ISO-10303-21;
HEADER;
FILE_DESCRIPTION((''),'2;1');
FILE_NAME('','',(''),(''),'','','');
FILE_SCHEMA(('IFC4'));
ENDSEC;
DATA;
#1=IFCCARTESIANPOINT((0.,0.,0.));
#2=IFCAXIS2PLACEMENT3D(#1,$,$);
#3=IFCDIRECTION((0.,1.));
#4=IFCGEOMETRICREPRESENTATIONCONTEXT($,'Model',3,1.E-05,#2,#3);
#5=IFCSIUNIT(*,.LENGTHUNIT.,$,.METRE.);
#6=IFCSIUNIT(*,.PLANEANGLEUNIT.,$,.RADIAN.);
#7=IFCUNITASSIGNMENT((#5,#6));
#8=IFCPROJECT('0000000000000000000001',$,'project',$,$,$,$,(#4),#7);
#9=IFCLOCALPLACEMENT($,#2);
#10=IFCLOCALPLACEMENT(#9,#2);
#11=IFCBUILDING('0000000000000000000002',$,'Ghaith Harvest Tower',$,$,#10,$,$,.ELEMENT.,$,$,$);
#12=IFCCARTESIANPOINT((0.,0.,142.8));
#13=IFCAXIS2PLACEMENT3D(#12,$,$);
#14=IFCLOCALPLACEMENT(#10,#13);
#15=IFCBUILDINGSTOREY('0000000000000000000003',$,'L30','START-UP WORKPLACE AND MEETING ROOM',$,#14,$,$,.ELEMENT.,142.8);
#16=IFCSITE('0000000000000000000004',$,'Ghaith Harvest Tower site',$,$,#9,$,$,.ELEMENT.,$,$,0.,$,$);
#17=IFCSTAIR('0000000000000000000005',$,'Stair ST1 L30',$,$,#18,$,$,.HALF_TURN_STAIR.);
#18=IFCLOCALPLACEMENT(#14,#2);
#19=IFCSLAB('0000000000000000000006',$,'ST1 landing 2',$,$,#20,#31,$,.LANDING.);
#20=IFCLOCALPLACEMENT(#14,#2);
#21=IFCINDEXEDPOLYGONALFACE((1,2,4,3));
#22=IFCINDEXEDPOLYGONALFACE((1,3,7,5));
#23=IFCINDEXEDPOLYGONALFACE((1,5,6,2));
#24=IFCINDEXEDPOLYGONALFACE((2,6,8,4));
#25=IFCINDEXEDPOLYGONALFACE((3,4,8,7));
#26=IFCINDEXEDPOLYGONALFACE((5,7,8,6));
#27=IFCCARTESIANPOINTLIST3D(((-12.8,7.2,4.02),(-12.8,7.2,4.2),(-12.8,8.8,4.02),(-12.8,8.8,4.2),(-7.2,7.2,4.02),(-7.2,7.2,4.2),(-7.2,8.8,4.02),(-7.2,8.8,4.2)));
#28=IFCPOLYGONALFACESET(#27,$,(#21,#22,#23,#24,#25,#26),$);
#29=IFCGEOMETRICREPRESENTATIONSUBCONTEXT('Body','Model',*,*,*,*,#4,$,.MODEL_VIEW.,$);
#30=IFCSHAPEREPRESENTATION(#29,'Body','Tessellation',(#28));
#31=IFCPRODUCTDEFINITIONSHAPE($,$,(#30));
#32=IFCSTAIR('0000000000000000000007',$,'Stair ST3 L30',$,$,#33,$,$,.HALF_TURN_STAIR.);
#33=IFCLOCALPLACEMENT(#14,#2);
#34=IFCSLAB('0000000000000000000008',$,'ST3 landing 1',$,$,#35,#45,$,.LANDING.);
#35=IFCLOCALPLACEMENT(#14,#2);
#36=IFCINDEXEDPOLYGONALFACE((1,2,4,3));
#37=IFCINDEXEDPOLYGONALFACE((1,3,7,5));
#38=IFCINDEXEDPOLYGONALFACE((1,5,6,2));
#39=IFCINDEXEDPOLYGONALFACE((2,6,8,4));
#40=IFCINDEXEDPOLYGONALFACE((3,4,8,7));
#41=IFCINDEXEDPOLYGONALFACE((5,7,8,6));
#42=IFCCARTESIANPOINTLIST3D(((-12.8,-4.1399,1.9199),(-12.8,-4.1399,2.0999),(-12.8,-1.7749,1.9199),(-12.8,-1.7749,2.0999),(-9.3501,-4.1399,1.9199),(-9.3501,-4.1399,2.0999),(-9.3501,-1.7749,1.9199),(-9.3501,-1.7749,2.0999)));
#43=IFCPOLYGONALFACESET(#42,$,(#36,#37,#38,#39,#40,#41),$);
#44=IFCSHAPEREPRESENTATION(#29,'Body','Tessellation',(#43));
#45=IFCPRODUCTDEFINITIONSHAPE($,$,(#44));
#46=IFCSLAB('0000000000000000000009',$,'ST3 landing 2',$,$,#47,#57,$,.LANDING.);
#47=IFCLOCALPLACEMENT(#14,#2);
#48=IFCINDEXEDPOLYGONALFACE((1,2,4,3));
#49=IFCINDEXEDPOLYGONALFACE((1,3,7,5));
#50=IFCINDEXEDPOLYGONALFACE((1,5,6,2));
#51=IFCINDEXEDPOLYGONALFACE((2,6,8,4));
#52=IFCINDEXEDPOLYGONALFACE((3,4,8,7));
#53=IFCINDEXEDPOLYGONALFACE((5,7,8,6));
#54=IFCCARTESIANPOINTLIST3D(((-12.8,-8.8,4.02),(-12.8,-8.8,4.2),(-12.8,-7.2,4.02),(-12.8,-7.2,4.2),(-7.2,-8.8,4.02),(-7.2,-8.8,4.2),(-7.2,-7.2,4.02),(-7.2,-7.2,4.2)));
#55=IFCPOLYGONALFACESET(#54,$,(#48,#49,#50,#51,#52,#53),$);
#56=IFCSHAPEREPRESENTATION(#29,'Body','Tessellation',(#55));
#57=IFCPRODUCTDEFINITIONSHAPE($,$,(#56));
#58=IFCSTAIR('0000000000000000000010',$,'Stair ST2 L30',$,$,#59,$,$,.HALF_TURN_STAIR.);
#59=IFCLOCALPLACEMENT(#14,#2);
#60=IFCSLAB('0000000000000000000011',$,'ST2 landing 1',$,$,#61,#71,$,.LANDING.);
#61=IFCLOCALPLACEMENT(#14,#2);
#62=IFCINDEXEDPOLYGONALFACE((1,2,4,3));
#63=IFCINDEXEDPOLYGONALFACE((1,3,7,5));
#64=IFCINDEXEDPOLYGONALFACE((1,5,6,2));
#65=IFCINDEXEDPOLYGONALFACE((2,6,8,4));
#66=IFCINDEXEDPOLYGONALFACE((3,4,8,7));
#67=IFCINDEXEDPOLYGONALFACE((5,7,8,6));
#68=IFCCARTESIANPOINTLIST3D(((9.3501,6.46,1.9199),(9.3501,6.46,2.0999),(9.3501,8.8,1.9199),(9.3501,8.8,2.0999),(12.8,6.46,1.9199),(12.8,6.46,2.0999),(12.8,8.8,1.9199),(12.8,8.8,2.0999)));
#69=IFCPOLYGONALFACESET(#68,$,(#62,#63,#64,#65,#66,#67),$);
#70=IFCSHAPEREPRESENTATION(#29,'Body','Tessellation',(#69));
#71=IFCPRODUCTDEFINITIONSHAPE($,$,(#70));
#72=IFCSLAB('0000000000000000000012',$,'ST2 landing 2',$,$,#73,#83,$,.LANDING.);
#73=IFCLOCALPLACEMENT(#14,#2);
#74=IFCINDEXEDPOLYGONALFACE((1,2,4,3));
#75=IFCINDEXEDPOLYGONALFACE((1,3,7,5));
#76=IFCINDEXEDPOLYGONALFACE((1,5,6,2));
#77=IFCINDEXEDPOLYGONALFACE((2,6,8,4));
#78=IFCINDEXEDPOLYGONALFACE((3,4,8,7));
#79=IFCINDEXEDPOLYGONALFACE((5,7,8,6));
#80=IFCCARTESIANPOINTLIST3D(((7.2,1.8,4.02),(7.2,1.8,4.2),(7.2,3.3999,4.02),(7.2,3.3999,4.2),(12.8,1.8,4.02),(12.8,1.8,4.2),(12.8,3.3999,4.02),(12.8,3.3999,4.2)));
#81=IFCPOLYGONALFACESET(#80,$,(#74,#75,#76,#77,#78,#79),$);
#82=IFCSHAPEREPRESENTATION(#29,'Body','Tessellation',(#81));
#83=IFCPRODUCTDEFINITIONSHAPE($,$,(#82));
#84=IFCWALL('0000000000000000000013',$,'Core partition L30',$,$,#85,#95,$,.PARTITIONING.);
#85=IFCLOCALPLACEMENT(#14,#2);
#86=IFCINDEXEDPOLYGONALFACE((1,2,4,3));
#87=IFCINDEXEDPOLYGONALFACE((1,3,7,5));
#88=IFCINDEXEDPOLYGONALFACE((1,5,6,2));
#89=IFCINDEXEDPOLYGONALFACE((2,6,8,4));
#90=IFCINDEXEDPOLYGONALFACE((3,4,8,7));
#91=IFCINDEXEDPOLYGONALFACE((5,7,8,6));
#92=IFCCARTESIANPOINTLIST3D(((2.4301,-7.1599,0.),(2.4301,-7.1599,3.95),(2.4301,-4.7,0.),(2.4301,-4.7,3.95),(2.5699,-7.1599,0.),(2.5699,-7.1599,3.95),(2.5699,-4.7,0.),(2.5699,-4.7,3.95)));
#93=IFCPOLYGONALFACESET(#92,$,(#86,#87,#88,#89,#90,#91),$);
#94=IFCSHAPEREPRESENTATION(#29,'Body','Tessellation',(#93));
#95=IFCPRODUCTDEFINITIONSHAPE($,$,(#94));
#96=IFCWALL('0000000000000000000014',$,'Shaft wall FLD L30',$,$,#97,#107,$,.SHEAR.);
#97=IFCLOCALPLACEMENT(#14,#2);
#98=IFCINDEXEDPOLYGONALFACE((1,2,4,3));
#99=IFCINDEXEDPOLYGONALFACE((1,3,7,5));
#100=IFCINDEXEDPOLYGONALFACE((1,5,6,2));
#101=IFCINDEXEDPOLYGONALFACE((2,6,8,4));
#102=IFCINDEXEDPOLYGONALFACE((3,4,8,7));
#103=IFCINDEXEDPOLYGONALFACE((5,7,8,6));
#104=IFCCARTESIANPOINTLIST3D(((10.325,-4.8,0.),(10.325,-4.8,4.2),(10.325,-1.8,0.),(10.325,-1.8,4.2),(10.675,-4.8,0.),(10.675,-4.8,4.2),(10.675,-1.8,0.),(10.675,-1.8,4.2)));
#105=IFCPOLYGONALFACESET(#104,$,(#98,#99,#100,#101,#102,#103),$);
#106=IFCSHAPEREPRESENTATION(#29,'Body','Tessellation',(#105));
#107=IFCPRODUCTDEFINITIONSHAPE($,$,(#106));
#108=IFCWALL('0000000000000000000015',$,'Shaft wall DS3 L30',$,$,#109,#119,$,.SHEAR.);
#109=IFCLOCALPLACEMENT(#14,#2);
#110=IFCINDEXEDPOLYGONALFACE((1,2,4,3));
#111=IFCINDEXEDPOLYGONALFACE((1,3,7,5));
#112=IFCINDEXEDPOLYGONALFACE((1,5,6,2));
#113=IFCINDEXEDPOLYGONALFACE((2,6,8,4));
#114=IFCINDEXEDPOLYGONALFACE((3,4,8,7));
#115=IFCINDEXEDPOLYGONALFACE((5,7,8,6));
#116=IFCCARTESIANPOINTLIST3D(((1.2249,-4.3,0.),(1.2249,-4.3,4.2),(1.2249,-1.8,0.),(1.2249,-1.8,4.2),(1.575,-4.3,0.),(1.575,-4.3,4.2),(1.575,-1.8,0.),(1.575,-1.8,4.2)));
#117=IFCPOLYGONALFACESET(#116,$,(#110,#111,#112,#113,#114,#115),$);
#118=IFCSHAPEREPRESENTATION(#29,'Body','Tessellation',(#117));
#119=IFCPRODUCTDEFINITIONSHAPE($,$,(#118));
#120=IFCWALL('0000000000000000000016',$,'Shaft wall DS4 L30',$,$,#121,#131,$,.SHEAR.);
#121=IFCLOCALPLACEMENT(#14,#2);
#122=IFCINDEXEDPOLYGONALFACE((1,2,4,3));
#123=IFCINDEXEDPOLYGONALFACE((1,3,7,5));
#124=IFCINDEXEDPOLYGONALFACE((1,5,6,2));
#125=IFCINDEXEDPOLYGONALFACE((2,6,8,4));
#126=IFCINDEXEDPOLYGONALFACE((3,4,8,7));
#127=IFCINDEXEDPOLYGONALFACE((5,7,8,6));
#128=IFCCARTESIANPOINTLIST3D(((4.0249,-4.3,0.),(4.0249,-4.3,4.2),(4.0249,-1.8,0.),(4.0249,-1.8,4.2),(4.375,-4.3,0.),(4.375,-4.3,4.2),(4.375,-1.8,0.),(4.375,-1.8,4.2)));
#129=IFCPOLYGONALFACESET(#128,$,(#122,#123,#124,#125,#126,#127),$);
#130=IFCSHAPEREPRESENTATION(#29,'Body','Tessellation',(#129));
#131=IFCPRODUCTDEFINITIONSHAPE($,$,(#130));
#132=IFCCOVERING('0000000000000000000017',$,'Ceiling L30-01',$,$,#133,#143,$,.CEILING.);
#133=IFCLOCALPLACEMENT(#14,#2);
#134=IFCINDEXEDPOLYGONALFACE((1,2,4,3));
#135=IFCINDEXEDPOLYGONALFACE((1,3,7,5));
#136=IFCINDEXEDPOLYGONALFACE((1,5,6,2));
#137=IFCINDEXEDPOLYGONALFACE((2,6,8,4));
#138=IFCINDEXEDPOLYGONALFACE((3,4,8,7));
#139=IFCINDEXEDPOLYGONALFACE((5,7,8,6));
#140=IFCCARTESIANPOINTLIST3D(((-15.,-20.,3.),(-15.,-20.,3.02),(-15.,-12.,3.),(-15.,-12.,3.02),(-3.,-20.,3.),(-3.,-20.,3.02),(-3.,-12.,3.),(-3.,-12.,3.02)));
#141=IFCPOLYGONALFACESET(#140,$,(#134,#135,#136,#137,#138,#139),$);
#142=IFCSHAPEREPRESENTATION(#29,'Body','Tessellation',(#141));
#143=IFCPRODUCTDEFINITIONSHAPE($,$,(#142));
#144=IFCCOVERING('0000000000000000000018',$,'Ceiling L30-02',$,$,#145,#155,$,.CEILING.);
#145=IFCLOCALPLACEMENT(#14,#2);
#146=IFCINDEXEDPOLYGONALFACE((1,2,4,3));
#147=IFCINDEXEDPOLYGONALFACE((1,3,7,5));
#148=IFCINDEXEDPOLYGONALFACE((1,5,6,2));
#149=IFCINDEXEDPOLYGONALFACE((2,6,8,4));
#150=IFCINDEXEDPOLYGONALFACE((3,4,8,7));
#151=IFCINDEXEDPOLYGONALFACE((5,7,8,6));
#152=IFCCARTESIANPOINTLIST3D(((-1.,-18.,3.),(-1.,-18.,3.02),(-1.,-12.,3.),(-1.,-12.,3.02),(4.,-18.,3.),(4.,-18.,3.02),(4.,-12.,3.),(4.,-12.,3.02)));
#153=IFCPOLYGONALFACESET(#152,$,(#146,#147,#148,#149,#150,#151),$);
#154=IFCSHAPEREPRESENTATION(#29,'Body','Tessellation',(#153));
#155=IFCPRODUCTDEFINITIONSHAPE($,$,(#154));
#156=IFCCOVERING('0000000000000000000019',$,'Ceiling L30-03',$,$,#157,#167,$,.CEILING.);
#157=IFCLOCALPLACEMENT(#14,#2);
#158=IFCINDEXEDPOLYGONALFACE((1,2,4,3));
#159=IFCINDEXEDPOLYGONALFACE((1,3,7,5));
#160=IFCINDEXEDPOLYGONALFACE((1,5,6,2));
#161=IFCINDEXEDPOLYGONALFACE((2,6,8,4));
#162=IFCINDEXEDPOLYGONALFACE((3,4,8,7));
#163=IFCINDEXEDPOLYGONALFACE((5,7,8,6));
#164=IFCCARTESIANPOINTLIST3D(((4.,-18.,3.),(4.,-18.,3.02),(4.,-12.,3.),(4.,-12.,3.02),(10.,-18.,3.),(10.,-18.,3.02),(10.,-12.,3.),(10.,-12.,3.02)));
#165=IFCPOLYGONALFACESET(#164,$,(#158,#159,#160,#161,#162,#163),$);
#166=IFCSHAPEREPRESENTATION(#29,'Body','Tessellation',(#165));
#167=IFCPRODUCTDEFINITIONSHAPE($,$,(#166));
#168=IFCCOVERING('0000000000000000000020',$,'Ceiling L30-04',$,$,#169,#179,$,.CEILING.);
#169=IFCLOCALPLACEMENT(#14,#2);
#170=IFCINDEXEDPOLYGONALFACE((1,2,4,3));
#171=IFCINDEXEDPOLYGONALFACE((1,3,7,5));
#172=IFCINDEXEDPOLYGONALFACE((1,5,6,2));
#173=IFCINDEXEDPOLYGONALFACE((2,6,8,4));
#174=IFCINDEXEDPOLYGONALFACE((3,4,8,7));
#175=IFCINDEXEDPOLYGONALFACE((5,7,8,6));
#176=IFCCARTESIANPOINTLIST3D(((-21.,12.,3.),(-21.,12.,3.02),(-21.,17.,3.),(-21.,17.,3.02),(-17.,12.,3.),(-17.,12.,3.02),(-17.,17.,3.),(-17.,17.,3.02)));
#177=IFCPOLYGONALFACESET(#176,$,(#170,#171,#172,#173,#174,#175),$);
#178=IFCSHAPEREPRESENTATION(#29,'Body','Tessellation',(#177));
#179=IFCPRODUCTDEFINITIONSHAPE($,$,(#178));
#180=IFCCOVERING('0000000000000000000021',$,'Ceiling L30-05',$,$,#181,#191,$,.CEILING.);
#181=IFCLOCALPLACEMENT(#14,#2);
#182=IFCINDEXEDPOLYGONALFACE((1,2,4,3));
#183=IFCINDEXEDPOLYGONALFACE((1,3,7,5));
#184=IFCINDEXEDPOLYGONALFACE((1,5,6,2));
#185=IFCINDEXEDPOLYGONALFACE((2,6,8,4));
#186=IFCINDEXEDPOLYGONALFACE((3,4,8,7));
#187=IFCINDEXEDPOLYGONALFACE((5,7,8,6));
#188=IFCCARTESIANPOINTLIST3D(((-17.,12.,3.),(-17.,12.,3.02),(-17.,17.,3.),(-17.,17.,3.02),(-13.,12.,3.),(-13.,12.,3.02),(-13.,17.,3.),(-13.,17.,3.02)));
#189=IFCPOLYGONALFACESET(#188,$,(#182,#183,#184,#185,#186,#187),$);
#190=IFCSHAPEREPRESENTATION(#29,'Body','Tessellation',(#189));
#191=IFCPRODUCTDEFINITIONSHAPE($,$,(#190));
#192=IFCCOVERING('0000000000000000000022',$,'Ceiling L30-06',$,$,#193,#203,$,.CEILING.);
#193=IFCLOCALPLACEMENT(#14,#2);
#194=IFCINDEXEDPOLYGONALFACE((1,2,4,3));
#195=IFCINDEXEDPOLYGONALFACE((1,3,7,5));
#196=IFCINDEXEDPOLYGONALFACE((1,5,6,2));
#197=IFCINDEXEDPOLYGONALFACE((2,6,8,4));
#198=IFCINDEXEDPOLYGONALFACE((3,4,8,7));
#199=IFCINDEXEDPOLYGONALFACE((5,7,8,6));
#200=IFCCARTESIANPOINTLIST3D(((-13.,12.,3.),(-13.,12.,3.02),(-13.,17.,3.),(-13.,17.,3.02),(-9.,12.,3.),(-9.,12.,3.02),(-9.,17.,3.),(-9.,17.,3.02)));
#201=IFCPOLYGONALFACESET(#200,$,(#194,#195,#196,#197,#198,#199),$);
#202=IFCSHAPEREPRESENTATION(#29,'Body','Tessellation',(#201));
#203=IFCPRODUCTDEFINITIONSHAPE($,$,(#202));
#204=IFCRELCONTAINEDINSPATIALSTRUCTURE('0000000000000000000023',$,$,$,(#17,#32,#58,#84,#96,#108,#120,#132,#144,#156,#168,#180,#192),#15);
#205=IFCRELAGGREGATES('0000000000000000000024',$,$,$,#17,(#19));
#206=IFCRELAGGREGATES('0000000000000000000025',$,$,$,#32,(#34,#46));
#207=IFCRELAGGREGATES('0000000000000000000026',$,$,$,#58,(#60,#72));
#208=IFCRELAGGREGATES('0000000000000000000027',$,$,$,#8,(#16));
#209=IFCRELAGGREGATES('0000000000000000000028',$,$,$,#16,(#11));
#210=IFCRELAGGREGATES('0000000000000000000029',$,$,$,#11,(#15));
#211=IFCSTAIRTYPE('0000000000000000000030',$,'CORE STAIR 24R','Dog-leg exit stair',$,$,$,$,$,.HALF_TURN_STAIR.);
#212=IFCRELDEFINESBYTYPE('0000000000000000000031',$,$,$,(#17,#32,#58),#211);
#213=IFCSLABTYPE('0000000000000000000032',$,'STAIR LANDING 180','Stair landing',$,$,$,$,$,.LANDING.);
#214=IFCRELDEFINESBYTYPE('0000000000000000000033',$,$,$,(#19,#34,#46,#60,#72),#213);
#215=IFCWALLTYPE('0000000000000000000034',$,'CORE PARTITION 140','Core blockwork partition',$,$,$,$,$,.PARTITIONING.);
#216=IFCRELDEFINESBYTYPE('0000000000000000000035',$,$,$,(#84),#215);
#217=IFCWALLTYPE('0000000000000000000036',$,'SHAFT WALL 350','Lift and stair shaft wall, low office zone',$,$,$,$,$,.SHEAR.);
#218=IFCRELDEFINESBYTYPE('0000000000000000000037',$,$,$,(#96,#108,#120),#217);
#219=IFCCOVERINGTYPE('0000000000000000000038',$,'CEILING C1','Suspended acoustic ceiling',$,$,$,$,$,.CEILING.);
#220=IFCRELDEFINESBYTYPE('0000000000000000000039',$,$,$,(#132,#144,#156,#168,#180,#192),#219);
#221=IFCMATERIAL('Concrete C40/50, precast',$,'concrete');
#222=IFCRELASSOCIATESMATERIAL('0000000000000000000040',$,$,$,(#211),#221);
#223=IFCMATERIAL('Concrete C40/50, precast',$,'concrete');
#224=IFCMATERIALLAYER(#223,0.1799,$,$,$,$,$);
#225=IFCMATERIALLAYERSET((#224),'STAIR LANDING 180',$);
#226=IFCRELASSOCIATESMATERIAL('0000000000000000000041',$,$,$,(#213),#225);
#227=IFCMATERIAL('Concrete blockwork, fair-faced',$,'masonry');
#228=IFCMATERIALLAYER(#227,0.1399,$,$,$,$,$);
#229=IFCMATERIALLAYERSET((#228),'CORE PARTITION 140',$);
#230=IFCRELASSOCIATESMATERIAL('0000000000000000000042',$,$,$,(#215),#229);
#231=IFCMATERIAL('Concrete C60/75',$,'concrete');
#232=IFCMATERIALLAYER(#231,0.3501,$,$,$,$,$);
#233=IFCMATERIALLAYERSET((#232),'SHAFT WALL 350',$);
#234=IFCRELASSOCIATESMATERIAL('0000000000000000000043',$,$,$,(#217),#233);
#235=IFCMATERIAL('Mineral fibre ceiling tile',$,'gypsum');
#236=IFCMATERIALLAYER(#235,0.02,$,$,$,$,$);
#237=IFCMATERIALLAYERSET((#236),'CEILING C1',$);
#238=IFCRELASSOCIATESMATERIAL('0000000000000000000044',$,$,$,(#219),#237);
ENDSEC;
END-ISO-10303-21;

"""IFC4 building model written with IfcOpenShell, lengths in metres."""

from ifc_helpers import new_model, si_unit, direction, frame, frame_2d, origin, place, context, subcontext, project, spatial, polyline, rectangle, outline, extrude, material, layer, layer_set, type_object, element, aggregate, save


model = new_model("IFC4")

# Units and contexts
model_context = context("Model", 3, precision=1e-05, world=origin(), true_north=direction((0.0, 1.0)))
body_context = subcontext(model_context, "Body", "Model", "MODEL_VIEW")
ifc_project = project(units=[si_unit("LENGTHUNIT", "METRE"), si_unit("PLANEANGLEUNIT", "RADIAN")], contexts=[model_context])

# Site, building, storey
site_placement = place(None, origin())
site = spatial("IfcSite", under=ifc_project, at=site_placement, Name="Ghaith Harvest Tower site", CompositionType="ELEMENT", RefElevation=0.0)
building_placement = place(site_placement, origin())
building = spatial("IfcBuilding", under=site, at=building_placement, Name="Ghaith Harvest Tower", CompositionType="ELEMENT")
storey_placement = place(building_placement, frame((0.0, 0.0, 142.8)))
storey = spatial("IfcBuildingStorey", under=building, at=storey_placement, Name="L30", Description="START-UP WORKPLACE AND MEETING ROOM", CompositionType="ELEMENT", Elevation=142.8)

# Stair, slab
ifc_material_1 = material(Name="Concrete C40/50, precast", Category="concrete")
stair_type = type_object("IfcStairType", Name="CORE STAIR 24R", Description="Dog-leg exit stair", PredefinedType="HALF_TURN_STAIR", material=ifc_material_1)
stair_1_placement = place(storey_placement, origin())
stair_1 = element("IfcStair", 1, at=stair_1_placement, inside=storey, type_object=stair_type, Name="Stair ST1 L30", PredefinedType="HALF_TURN_STAIR")
ifc_material_2 = material(Name="Concrete C40/50, precast", Category="concrete")
ifc_layer_1 = layer(ifc_material_2, 0.1799)
ifc_layer_set_1 = layer_set([ifc_layer_1], Name="STAIR LANDING 180")
slab_type = type_object("IfcSlabType", Name="STAIR LANDING 180", Description="Stair landing", PredefinedType="LANDING", material=ifc_layer_set_1)
slab_1_placement = place(storey_placement, frame((0.0, 0.0, 4.02)))
slab_1 = element("IfcSlab", 2, at=slab_1_placement, type_object=slab_type, Name="ST1 landing 2", PredefinedType="LANDING", context=body_context, shape_type="SweptSolid", body=[
    extrude(outline(polyline([(-12.8, 8.8), (-12.8, 7.2), (-7.2, 7.2), (-7.2, 8.8), (-12.8, 8.8)])), origin(), (0.0, 0.0, 1.0), 0.1799),
])
aggregate(stair_1, [slab_1])

# Stairs, slabs
stair_2_placement = place(storey_placement, origin())
stair_2 = element("IfcStair", 3, at=stair_2_placement, inside=storey, type_object=stair_type, Name="Stair ST3 L30", PredefinedType="HALF_TURN_STAIR")
slab_2_placement = place(storey_placement, frame((0.0, 0.0, 1.9199)))
slab_2 = element("IfcSlab", 4, at=slab_2_placement, type_object=slab_type, Name="ST3 landing 1", PredefinedType="LANDING", context=body_context, shape_type="SweptSolid", body=[
    extrude(outline(polyline([(-12.8, -4.1399), (-12.8, -1.7749), (-9.3501, -1.7749), (-9.3501, -4.1399), (-12.8, -4.1399)])), origin(), (0.0, 0.0, 1.0), 0.1799),
])
slab_3_placement = place(storey_placement, frame((0.0, 0.0, 4.02)))
slab_3 = element("IfcSlab", 5, at=slab_3_placement, type_object=slab_type, Name="ST3 landing 2", PredefinedType="LANDING", context=body_context, shape_type="SweptSolid", body=[
    extrude(outline(polyline([(-12.8, -8.8), (-12.8, -7.2), (-7.2, -7.2), (-7.2, -8.8), (-12.8, -8.8)])), origin(), (0.0, 0.0, 1.0), 0.1799),
])
aggregate(stair_2, [slab_2, slab_3])
stair_3_placement = place(storey_placement, origin())
stair_3 = element("IfcStair", 6, at=stair_3_placement, inside=storey, type_object=stair_type, Name="Stair ST2 L30", PredefinedType="HALF_TURN_STAIR")
slab_4_placement = place(storey_placement, frame((0.0, 0.0, 1.9199)))
slab_4 = element("IfcSlab", 7, at=slab_4_placement, type_object=slab_type, Name="ST2 landing 1", PredefinedType="LANDING", context=body_context, shape_type="SweptSolid", body=[
    extrude(outline(polyline([(12.8, 6.46), (12.8, 8.8), (9.3501, 8.8), (9.3501, 6.46), (12.8, 6.46)])), origin(), (0.0, 0.0, 1.0), 0.1799),
])
slab_5_placement = place(storey_placement, frame((0.0, 0.0, 4.02)))
slab_5 = element("IfcSlab", 8, at=slab_5_placement, type_object=slab_type, Name="ST2 landing 2", PredefinedType="LANDING", context=body_context, shape_type="SweptSolid", body=[
    extrude(outline(polyline([(12.8, 1.8), (12.8, 3.3999), (7.2, 3.3999), (7.2, 1.8), (12.8, 1.8)])), origin(), (0.0, 0.0, 1.0), 0.1799),
])
aggregate(stair_3, [slab_4, slab_5])

# Wall
ifc_material_3 = material(Name="Concrete blockwork, fair-faced", Category="masonry")
ifc_layer_2 = layer(ifc_material_3, 0.1399)
ifc_layer_set_2 = layer_set([ifc_layer_2], Name="CORE PARTITION 140")
wall_type_1 = type_object("IfcWallType", Name="CORE PARTITION 140", Description="Core blockwork partition", PredefinedType="PARTITIONING", material=ifc_layer_set_2)
wall_1_placement = place(storey_placement, frame((2.5, -4.7, 0.0), z_axis=(0.0, 0.0, 1.0), x_axis=(0.0, -1.0, 0.0)))
element("IfcWall", 9, at=wall_1_placement, inside=storey, type_object=wall_type_1, Name="Core partition L30", PredefinedType="PARTITIONING", context=body_context, shape_type="SweptSolid", body=[
    extrude(rectangle(XDim=2.46, YDim=0.1399, at=frame_2d((1.23, 0.0))), origin(), (0.0, 0.0, 1.0), 3.95),
])

# Shared definitions
ifc_material_4 = material(Name="Concrete C60/75", Category="concrete")
ifc_layer_3 = layer(ifc_material_4, 0.3501)
ifc_layer_set_3 = layer_set([ifc_layer_3], Name="SHAFT WALL 350")
wall_type_2 = type_object("IfcWallType", Name="SHAFT WALL 350", Description="Lift and stair shaft wall, low office zone", PredefinedType="SHEAR", material=ifc_layer_set_3)

# Walls
wall_2_placement = place(storey_placement, frame((10.5, -4.8, 0.0), z_axis=(0.0, 0.0, 1.0), x_axis=(0.0, 1.0, 0.0)))
element("IfcWall", 10, at=wall_2_placement, inside=storey, type_object=wall_type_2, Name="Shaft wall FLD L30", PredefinedType="SHEAR", context=body_context, shape_type="SweptSolid", body=[
    extrude(rectangle(XDim=3.0, YDim=0.3501, at=frame_2d((1.5, 0.0))), origin(), (0.0, 0.0, 1.0), 4.2),
])
for number, where, z_axis, x_axis, name in (
    (11, (1.3999, -4.3, 0.0), (0.0, 0.0, 1.0), (0.0, 1.0, 0.0), "Shaft wall DS3 L30"),
    (12, (4.2, -4.3, 0.0), (0.0, 0.0, 1.0), (0.0, 1.0, 0.0), "Shaft wall DS4 L30"),
):
    element("IfcWall", number, at=place(storey_placement, frame(where, z_axis=z_axis, x_axis=x_axis)), inside=storey, type_object=wall_type_2, Name=name, PredefinedType="SHEAR", context=body_context, shape_type="SweptSolid", body=[
        extrude(rectangle(XDim=2.5, YDim=0.3501, at=frame_2d((1.25, 0.0))), origin(), (0.0, 0.0, 1.0), 4.2),
    ])

# Coverings
ifc_material_5 = material(Name="Mineral fibre ceiling tile", Category="gypsum")
ifc_layer_4 = layer(ifc_material_5, 0.02)
ifc_layer_set_4 = layer_set([ifc_layer_4], Name="CEILING C1")
covering_type = type_object("IfcCoveringType", Name="CEILING C1", Description="Suspended acoustic ceiling", PredefinedType="CEILING", material=ifc_layer_set_4)
covering_1_placement = place(storey_placement, frame((0.0, 0.0, 3.0)))
element("IfcCovering", 13, at=covering_1_placement, inside=storey, type_object=covering_type, Name="Ceiling L30-01", PredefinedType="CEILING", context=body_context, shape_type="SweptSolid", body=[
    extrude(outline(polyline([(-15.0, -20.0), (-3.0, -20.0), (-3.0, -12.0), (-15.0, -12.0), (-15.0, -20.0)])), origin(), (0.0, 0.0, 1.0), 0.02),
])
covering_2_placement = place(storey_placement, frame((0.0, 0.0, 3.0)))
element("IfcCovering", 14, at=covering_2_placement, inside=storey, type_object=covering_type, Name="Ceiling L30-02", PredefinedType="CEILING", context=body_context, shape_type="SweptSolid", body=[
    extrude(outline(polyline([(-1.0, -18.0), (4.0, -18.0), (4.0, -12.0), (-1.0, -12.0), (-1.0, -18.0)])), origin(), (0.0, 0.0, 1.0), 0.02),
])
covering_3_placement = place(storey_placement, frame((0.0, 0.0, 3.0)))
element("IfcCovering", 15, at=covering_3_placement, inside=storey, type_object=covering_type, Name="Ceiling L30-03", PredefinedType="CEILING", context=body_context, shape_type="SweptSolid", body=[
    extrude(outline(polyline([(4.0, -18.0), (10.0, -18.0), (10.0, -12.0), (4.0, -12.0), (4.0, -18.0)])), origin(), (0.0, 0.0, 1.0), 0.02),
])
covering_4_placement = place(storey_placement, frame((0.0, 0.0, 3.0)))
element("IfcCovering", 16, at=covering_4_placement, inside=storey, type_object=covering_type, Name="Ceiling L30-04", PredefinedType="CEILING", context=body_context, shape_type="SweptSolid", body=[
    extrude(outline(polyline([(-21.0, 12.0), (-17.0, 12.0), (-17.0, 17.0), (-21.0, 17.0), (-21.0, 12.0)])), origin(), (0.0, 0.0, 1.0), 0.02),
])
covering_5_placement = place(storey_placement, frame((0.0, 0.0, 3.0)))
element("IfcCovering", 17, at=covering_5_placement, inside=storey, type_object=covering_type, Name="Ceiling L30-05", PredefinedType="CEILING", context=body_context, shape_type="SweptSolid", body=[
    extrude(outline(polyline([(-17.0, 12.0), (-13.0, 12.0), (-13.0, 17.0), (-17.0, 17.0), (-17.0, 12.0)])), origin(), (0.0, 0.0, 1.0), 0.02),
])
covering_6_placement = place(storey_placement, frame((0.0, 0.0, 3.0)))
element("IfcCovering", 18, at=covering_6_placement, inside=storey, type_object=covering_type, Name="Ceiling L30-06", PredefinedType="CEILING", context=body_context, shape_type="SweptSolid", body=[
    extrude(outline(polyline([(-13.0, 12.0), (-9.0, 12.0), (-9.0, 17.0), (-13.0, 17.0), (-13.0, 12.0)])), origin(), (0.0, 0.0, 1.0), 0.02),
])

save(model, "model.ifc")
